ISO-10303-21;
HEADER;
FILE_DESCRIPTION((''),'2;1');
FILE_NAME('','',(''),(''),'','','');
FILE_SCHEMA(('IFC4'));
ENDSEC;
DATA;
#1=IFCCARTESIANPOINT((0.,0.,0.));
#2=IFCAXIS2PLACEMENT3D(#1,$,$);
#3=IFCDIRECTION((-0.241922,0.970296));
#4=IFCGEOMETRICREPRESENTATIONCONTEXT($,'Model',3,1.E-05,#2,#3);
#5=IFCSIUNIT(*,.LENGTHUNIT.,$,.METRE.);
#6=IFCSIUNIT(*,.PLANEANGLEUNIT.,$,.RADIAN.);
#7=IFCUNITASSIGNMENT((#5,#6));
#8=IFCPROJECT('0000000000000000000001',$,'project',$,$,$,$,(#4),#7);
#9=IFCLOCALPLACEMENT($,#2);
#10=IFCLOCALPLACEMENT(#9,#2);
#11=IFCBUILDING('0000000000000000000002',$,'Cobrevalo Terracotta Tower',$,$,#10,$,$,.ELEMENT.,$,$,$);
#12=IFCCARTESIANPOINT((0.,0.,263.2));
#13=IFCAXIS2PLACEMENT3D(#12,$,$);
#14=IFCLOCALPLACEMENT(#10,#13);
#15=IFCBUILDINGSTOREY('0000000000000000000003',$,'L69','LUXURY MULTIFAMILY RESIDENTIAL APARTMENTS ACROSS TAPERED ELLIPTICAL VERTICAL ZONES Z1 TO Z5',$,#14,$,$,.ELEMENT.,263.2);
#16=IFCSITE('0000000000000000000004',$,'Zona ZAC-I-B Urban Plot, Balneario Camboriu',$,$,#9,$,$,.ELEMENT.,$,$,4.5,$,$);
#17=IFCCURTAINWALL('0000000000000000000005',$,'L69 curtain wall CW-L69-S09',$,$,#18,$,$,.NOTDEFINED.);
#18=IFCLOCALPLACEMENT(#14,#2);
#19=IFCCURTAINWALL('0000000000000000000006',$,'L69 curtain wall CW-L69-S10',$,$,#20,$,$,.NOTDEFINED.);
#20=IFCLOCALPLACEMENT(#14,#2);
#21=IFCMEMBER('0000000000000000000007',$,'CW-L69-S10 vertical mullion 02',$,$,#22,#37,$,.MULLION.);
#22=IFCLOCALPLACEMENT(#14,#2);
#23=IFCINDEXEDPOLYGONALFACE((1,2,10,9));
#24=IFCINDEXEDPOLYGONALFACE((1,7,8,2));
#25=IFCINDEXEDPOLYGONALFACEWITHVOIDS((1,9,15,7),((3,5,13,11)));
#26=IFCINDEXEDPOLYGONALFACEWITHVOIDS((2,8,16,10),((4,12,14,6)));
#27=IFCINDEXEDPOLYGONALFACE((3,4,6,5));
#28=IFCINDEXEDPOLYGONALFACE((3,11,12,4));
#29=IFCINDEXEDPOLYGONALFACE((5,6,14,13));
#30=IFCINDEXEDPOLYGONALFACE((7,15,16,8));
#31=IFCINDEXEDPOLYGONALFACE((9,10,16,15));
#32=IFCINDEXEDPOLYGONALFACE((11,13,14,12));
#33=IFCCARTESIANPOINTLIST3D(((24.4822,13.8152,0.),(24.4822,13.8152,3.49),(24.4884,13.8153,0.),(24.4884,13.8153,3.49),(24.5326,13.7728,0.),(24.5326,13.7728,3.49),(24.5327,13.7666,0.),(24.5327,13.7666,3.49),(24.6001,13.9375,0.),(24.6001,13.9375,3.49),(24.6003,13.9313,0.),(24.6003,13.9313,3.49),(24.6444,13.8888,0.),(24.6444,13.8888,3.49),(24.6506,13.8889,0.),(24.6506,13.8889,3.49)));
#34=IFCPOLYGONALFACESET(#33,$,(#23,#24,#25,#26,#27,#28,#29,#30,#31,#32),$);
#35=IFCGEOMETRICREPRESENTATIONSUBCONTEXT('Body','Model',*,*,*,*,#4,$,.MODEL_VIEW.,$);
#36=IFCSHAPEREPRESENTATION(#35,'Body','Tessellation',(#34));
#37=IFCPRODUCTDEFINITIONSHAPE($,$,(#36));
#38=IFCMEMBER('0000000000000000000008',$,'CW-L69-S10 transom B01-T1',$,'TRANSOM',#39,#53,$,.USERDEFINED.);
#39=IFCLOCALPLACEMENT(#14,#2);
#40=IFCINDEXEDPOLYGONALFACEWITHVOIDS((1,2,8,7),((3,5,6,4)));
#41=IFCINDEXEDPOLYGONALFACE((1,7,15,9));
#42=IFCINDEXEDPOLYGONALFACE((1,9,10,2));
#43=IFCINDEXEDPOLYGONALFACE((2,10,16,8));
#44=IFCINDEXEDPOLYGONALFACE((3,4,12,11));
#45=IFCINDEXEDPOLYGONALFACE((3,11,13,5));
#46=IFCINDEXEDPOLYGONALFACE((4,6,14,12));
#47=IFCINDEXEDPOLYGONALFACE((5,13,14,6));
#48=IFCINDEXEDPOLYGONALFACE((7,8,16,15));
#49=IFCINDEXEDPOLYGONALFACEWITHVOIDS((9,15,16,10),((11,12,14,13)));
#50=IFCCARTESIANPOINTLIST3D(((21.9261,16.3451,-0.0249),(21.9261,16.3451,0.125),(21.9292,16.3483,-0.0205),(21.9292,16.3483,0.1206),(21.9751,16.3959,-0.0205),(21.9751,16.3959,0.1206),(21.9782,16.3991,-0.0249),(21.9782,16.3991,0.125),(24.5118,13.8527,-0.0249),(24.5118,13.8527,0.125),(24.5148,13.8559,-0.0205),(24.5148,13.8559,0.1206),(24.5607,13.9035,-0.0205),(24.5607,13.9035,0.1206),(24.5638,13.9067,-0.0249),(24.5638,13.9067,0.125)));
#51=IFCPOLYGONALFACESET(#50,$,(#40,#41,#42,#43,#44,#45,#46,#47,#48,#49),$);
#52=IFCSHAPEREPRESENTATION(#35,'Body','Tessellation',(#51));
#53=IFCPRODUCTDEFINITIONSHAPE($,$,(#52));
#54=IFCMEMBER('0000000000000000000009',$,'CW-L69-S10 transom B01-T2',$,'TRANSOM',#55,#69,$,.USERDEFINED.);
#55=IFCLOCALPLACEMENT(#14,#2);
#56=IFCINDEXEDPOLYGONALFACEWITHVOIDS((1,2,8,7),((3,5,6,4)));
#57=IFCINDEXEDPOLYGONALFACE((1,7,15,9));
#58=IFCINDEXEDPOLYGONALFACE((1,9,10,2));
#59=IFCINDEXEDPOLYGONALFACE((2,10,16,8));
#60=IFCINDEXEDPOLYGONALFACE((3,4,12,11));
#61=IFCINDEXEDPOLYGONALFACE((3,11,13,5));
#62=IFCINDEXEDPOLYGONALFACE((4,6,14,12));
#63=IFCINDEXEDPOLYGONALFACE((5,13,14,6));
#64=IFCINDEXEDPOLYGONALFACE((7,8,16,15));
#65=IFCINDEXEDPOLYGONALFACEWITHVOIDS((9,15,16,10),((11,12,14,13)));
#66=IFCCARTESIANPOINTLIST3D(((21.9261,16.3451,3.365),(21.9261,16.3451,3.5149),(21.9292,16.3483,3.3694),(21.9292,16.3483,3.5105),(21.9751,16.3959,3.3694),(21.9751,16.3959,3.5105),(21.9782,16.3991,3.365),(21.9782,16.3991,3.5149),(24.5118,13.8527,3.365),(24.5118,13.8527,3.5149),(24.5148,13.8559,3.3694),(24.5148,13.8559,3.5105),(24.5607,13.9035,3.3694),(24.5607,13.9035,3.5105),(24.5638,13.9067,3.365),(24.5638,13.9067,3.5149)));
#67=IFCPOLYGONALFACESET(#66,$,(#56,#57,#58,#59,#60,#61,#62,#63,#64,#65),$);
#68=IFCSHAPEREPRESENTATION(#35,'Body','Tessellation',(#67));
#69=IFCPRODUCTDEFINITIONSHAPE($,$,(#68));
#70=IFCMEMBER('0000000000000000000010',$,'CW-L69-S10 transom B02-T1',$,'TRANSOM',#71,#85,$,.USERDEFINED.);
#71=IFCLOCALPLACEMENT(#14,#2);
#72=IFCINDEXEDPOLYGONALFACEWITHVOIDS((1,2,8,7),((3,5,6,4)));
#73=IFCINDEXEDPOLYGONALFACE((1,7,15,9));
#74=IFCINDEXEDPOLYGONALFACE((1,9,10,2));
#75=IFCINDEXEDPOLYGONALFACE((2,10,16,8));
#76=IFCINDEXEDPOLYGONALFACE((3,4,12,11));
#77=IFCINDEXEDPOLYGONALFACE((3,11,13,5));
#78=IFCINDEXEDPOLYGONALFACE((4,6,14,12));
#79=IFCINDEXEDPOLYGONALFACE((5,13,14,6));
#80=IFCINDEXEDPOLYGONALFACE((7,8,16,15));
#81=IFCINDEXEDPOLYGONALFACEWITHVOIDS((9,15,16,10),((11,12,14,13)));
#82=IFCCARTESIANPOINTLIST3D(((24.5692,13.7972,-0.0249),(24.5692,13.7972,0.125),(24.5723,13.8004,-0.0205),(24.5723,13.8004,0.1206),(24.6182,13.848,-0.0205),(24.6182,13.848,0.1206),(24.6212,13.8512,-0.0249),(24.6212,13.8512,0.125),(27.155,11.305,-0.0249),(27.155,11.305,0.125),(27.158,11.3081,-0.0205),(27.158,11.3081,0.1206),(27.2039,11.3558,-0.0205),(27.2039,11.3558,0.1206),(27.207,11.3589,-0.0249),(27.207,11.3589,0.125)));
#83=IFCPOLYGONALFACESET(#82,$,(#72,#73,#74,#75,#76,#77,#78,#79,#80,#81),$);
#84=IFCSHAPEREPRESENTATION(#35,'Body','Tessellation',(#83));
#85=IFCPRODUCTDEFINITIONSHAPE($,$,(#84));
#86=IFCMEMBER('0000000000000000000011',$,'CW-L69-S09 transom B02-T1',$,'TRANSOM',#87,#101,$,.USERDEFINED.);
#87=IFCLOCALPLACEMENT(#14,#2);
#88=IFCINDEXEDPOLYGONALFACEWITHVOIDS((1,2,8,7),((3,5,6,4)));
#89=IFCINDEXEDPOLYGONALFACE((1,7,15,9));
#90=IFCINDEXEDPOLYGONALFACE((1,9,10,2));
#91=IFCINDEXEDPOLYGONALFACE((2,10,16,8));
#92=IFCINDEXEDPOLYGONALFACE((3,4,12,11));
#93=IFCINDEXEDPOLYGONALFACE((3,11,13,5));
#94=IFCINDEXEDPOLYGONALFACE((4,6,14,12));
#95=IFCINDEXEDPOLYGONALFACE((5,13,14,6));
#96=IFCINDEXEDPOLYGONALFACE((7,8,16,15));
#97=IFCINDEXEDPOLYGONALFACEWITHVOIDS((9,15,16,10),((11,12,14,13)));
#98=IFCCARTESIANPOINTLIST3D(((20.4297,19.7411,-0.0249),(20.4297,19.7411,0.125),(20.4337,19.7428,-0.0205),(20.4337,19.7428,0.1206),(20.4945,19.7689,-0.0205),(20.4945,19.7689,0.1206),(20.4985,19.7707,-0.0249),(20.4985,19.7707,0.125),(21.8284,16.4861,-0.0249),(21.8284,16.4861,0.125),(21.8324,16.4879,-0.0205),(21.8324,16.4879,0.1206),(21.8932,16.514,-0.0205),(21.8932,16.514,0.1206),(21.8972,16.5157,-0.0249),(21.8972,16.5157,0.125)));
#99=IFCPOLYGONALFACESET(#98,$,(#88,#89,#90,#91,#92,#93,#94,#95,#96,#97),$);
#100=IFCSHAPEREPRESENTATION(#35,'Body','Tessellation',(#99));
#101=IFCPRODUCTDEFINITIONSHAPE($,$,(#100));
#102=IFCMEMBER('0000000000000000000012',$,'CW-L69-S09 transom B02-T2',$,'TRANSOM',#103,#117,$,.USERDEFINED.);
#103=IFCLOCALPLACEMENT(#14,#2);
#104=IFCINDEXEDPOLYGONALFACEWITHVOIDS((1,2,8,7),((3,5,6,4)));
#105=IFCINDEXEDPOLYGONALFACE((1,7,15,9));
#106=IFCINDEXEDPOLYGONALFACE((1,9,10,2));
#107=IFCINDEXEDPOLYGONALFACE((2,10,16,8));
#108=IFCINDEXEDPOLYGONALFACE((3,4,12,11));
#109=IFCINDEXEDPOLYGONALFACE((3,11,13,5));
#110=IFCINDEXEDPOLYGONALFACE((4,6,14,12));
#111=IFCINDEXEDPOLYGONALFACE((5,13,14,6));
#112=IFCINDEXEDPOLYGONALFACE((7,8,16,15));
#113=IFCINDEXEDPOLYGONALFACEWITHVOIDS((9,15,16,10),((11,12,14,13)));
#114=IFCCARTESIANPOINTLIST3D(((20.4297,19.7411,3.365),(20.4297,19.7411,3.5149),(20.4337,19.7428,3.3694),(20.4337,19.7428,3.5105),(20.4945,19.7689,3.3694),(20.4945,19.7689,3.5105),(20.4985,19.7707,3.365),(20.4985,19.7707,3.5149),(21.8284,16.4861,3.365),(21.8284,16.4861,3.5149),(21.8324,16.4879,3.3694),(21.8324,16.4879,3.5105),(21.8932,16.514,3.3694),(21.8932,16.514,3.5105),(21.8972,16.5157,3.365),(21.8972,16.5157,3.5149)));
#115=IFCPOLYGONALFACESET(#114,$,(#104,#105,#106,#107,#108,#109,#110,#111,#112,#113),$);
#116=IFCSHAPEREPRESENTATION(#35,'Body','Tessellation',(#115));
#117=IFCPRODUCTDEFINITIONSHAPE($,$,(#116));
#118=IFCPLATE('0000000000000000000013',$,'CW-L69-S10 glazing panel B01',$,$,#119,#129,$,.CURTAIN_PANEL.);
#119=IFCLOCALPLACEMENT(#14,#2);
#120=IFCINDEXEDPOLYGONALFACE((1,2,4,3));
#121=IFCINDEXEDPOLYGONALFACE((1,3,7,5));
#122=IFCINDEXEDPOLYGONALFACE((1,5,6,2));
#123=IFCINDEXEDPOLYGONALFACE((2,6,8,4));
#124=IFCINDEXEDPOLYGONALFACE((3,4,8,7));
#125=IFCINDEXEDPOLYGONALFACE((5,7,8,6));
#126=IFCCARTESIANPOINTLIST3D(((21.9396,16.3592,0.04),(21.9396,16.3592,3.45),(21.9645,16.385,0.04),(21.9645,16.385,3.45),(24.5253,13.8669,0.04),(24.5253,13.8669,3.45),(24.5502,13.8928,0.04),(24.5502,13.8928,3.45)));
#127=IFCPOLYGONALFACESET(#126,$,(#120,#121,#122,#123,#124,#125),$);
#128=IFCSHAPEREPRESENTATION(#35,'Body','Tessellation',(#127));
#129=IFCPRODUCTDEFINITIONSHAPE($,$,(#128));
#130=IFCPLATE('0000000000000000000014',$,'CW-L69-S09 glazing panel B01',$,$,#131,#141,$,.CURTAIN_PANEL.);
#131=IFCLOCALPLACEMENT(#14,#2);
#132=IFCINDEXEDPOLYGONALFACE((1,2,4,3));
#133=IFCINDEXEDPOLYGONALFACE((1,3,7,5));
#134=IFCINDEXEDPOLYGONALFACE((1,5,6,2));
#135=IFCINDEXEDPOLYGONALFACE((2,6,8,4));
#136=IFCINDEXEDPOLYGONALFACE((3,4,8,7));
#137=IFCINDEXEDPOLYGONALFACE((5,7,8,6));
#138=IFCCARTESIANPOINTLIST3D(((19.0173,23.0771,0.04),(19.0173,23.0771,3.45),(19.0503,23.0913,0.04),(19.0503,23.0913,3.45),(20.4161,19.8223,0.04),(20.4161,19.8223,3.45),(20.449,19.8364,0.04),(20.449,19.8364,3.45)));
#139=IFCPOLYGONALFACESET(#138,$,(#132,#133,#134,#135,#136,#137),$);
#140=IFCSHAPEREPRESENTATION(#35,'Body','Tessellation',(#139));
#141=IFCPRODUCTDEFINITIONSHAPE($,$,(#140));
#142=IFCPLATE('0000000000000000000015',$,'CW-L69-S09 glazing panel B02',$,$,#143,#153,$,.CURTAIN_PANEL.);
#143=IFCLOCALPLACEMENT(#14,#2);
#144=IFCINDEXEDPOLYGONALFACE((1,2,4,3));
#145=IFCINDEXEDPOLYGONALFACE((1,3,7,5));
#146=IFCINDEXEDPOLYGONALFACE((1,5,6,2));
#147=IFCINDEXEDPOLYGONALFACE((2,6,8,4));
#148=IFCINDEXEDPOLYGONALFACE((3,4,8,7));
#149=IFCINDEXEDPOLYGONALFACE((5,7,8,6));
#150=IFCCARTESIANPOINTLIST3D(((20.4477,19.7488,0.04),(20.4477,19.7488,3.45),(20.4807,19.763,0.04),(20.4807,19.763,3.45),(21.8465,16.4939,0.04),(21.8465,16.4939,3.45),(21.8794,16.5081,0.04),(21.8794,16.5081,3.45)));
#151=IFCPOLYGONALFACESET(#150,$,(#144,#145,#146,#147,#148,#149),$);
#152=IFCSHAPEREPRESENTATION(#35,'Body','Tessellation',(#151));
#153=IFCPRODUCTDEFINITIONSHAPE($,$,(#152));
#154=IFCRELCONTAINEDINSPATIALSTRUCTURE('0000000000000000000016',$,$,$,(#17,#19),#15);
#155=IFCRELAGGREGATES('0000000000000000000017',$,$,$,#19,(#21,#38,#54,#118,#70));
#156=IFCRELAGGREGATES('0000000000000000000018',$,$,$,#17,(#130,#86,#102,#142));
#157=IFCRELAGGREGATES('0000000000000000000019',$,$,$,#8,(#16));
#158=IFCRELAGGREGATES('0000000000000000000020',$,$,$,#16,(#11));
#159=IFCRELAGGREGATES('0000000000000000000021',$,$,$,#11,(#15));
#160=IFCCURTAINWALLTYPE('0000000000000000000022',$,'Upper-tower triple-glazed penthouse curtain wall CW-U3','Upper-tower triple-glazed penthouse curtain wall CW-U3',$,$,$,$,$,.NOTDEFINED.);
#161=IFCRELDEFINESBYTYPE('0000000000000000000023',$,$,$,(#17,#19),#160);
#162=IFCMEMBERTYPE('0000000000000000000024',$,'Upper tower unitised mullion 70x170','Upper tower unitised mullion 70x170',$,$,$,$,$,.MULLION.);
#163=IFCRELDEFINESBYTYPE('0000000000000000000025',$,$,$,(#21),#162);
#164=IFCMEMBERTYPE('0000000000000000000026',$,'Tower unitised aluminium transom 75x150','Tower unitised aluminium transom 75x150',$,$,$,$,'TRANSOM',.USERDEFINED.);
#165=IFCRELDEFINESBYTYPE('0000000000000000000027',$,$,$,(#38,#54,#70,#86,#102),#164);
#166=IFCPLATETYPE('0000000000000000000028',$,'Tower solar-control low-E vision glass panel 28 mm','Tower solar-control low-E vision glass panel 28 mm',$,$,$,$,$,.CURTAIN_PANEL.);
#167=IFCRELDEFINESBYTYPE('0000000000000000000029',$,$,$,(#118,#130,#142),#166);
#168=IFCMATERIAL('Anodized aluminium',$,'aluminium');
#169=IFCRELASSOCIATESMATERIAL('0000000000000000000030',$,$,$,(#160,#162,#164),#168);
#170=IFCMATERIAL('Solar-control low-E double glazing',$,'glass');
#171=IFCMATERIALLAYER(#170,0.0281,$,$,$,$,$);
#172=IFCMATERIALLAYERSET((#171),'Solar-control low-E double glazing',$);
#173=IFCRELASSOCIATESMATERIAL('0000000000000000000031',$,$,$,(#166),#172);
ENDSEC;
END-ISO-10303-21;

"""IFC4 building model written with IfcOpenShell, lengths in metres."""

from ifc_helpers import new_model, si_unit, direction, frame, origin, origin_2d, place, context, subcontext, project, spatial, rectangle, hollow_rectangle, extrude, source, transform, mapped, material, layer, layer_set, material_profile, profile_set, type_object, element, aggregate, save


model = new_model("IFC4")

# Units and contexts
model_context = context("Model", 3, precision=1e-05, world=origin(), true_north=direction((-0.241922, 0.970296)))
body_context = subcontext(model_context, "Body", "Model", "MODEL_VIEW")
ifc_project = project(units=[si_unit("LENGTHUNIT", "METRE"), si_unit("PLANEANGLEUNIT", "RADIAN")], contexts=[model_context])

# Site, building, storey
site_placement = place(None, origin())
site = spatial("IfcSite", under=ifc_project, at=site_placement, Name="Zona ZAC-I-B Urban Plot, Balneario Camboriu", CompositionType="ELEMENT", RefElevation=4.5)
building_placement = place(site_placement, origin())
building = spatial("IfcBuilding", under=site, at=building_placement, Name="Cobrevalo Terracotta Tower", CompositionType="ELEMENT")
storey_placement = place(building_placement, frame((0.0, 0.0, 263.2)))
storey = spatial("IfcBuildingStorey", under=building, at=storey_placement, Name="L69", Description="LUXURY MULTIFAMILY RESIDENTIAL APARTMENTS ACROSS TAPERED ELLIPTICAL VERTICAL ZONES Z1 TO Z5", CompositionType="ELEMENT", Elevation=263.2)

# Curtain walls, members
ifc_material_1 = material(Name="Anodized aluminium", Category="aluminium")
curtain_wall_type = type_object("IfcCurtainWallType", Name="Upper-tower triple-glazed penthouse curtain wall CW-U3", Description="Upper-tower triple-glazed penthouse curtain wall CW-U3", PredefinedType="NOTDEFINED", material=ifc_material_1)
curtain_wall_1_placement = place(storey_placement, origin())
curtain_wall_1 = element("IfcCurtainWall", 1, at=curtain_wall_1_placement, inside=storey, type_object=curtain_wall_type, Name="L69 curtain wall CW-L69-S09", PredefinedType="NOTDEFINED")
ifc_material_profile_1 = material_profile(ifc_material_1, hollow_rectangle(XDim=0.0701, YDim=0.1699, WallThickness=0.0044, at=origin_2d()), Name="CWM 70x170")
ifc_profile_set_1 = profile_set([ifc_material_profile_1], Name="Anodized aluminium")
member_type_1 = type_object("IfcMemberType", Name="Upper tower unitised mullion 70x170", Description="Upper tower unitised mullion 70x170", PredefinedType="MULLION", material=ifc_profile_set_1)
shared_shape_1 = source(origin(), body_context, "Body", "SweptSolid", [
    extrude(hollow_rectangle(XDim=0.0701, YDim=0.1699, WallThickness=0.0044, at=origin_2d()), origin(), (0.0, 0.0, 1.0), 3.49),
])
curtain_wall_2_placement = place(storey_placement, origin())
curtain_wall_2 = element("IfcCurtainWall", 2, at=curtain_wall_2_placement, inside=storey, type_object=curtain_wall_type, Name="L69 curtain wall CW-L69-S10", PredefinedType="NOTDEFINED")
member_1_placement = place(storey_placement, frame((24.5664, 13.8521, 0.0), z_axis=(0.0, 0.0, 1.0), x_axis=(0.719994, -0.69398, 0.0)))
member_1 = element("IfcMember", 3, at=member_1_placement, type_object=member_type_1, Name="CW-L69-S10 vertical mullion 02", PredefinedType="MULLION", context=body_context, shape_type="MappedRepresentation", body=[
    mapped(shared_shape_1, transform((0.0, 0.0, 0.0), scale=1.0)),
])
ifc_material_profile_2 = material_profile(ifc_material_1, hollow_rectangle(XDim=0.075, YDim=0.1499, WallThickness=0.0044, at=origin_2d()), Name="CWT 75x150")
ifc_profile_set_2 = profile_set([ifc_material_profile_2], Name="Anodized aluminium")
member_type_2 = type_object("IfcMemberType", Name="Tower unitised aluminium transom 75x150", Description="Tower unitised aluminium transom 75x150", ElementType="TRANSOM", PredefinedType="USERDEFINED", material=ifc_profile_set_2)
shared_shape_2 = source(origin(), body_context, "Body", "SweptSolid", [
    extrude(hollow_rectangle(XDim=0.075, YDim=0.1499, WallThickness=0.0044, at=origin_2d()), origin(), (0.0, 0.0, 1.0), 3.5913),
])
member_2_placement = place(storey_placement, frame((21.9521, 16.3721, 0.05), z_axis=(0.719972, -0.694003, 0.0), x_axis=(0.694003, 0.719972, 0.0)))
member_2 = element("IfcMember", 4, at=member_2_placement, type_object=member_type_2, Name="CW-L69-S10 transom B01-T1", ObjectType="TRANSOM", PredefinedType="USERDEFINED", context=body_context, shape_type="MappedRepresentation", body=[
    mapped(shared_shape_2, transform((0.0, 0.0, 0.0), scale=1.0)),
])
member_3_placement = place(storey_placement, frame((21.9521, 16.3721, 3.4399), z_axis=(0.719972, -0.694003, 0.0), x_axis=(0.694003, 0.719972, 0.0)))
member_3 = element("IfcMember", 5, at=member_3_placement, type_object=member_type_2, Name="CW-L69-S10 transom B01-T2", ObjectType="TRANSOM", PredefinedType="USERDEFINED", context=body_context, shape_type="MappedRepresentation", body=[
    mapped(shared_shape_2, transform((0.0, 0.0, 0.0), scale=1.0)),
])
member_4_placement = place(storey_placement, frame((24.5952, 13.8242, 0.05), z_axis=(0.720006, -0.693968, 0.0), x_axis=(0.693968, 0.720006, 0.0)))
member_4 = element("IfcMember", 6, at=member_4_placement, type_object=member_type_2, Name="CW-L69-S10 transom B02-T1", ObjectType="TRANSOM", PredefinedType="USERDEFINED", context=body_context, shape_type="MappedRepresentation", body=[
    mapped(shared_shape_2, transform((0.0, 0.0, 0.0), scale=1.0)),
])

# Members
shared_shape_3 = source(origin(), body_context, "Body", "SweptSolid", [
    extrude(hollow_rectangle(XDim=0.075, YDim=0.1499, WallThickness=0.0044, at=origin_2d()), origin(), (0.0, 0.0, 1.0), 3.5427),
])
member_5_placement = place(storey_placement, frame((20.4641, 19.7559, 0.05), z_axis=(0.394809, -0.918763, 0.0), x_axis=(0.918763, 0.394809, 0.0)))
member_5 = element("IfcMember", 7, at=member_5_placement, type_object=member_type_2, Name="CW-L69-S09 transom B02-T1", ObjectType="TRANSOM", PredefinedType="USERDEFINED", context=body_context, shape_type="MappedRepresentation", body=[
    mapped(shared_shape_3, transform((0.0, 0.0, 0.0), scale=1.0)),
])
member_6_placement = place(storey_placement, frame((20.4641, 19.7559, 3.4399), z_axis=(0.394809, -0.918763, 0.0), x_axis=(0.918763, 0.394809, 0.0)))
member_6 = element("IfcMember", 8, at=member_6_placement, type_object=member_type_2, Name="CW-L69-S09 transom B02-T2", ObjectType="TRANSOM", PredefinedType="USERDEFINED", context=body_context, shape_type="MappedRepresentation", body=[
    mapped(shared_shape_3, transform((0.0, 0.0, 0.0), scale=1.0)),
])

# Plates
ifc_material_2 = material(Name="Solar-control low-E double glazing", Category="glass")
ifc_layer_1 = layer(ifc_material_2, 0.0281)
ifc_layer_set_1 = layer_set([ifc_layer_1], Name="Solar-control low-E double glazing")
plate_type = type_object("IfcPlateType", Name="Tower solar-control low-E vision glass panel 28 mm", Description="Tower solar-control low-E vision glass panel 28 mm", PredefinedType="CURTAIN_PANEL", material=ifc_layer_set_1)
shared_shape_4 = source(origin(), body_context, "Body", "SweptSolid", [
    extrude(rectangle(XDim=3.5913, YDim=0.0359, at=origin_2d()), origin(), (0.0, 0.0, 1.0), 3.4099),
])
plate_1_placement = place(storey_placement, frame((23.2449, 15.126, 0.04), z_axis=(0.0, 0.0, 1.0), x_axis=(0.719997, -0.693978, 0.0)))
plate_1 = element("IfcPlate", 9, at=plate_1_placement, type_object=plate_type, Name="CW-L69-S10 glazing panel B01", PredefinedType="CURTAIN_PANEL", context=body_context, shape_type="MappedRepresentation", body=[
    mapped(shared_shape_4, transform((0.0, 0.0, 0.0), scale=1.0)),
])
aggregate(curtain_wall_2, [member_1, member_2, member_3, plate_1, member_4])
shared_shape_5 = source(origin(), body_context, "Body", "SweptSolid", [
    extrude(rectangle(XDim=3.5427, YDim=0.0359, at=origin_2d()), origin(), (0.0, 0.0, 1.0), 3.4099),
])
plate_2_placement = place(storey_placement, frame((19.7332, 21.4568, 0.04), z_axis=(0.0, 0.0, 1.0), x_axis=(0.394829, -0.918755, 0.0)))
plate_2 = element("IfcPlate", 10, at=plate_2_placement, type_object=plate_type, Name="CW-L69-S09 glazing panel B01", PredefinedType="CURTAIN_PANEL", context=body_context, shape_type="MappedRepresentation", body=[
    mapped(shared_shape_5, transform((0.0, 0.0, 0.0), scale=1.0)),
])
plate_3_placement = place(storey_placement, frame((21.1636, 18.1284, 0.04), z_axis=(0.0, 0.0, 1.0), x_axis=(0.394829, -0.918755, 0.0)))
plate_3 = element("IfcPlate", 11, at=plate_3_placement, type_object=plate_type, Name="CW-L69-S09 glazing panel B02", PredefinedType="CURTAIN_PANEL", context=body_context, shape_type="MappedRepresentation", body=[
    mapped(shared_shape_5, transform((0.0, 0.0, 0.0), scale=1.0)),
])
aggregate(curtain_wall_1, [plate_2, member_5, member_6, plate_3])

save(model, "model.ifc")
